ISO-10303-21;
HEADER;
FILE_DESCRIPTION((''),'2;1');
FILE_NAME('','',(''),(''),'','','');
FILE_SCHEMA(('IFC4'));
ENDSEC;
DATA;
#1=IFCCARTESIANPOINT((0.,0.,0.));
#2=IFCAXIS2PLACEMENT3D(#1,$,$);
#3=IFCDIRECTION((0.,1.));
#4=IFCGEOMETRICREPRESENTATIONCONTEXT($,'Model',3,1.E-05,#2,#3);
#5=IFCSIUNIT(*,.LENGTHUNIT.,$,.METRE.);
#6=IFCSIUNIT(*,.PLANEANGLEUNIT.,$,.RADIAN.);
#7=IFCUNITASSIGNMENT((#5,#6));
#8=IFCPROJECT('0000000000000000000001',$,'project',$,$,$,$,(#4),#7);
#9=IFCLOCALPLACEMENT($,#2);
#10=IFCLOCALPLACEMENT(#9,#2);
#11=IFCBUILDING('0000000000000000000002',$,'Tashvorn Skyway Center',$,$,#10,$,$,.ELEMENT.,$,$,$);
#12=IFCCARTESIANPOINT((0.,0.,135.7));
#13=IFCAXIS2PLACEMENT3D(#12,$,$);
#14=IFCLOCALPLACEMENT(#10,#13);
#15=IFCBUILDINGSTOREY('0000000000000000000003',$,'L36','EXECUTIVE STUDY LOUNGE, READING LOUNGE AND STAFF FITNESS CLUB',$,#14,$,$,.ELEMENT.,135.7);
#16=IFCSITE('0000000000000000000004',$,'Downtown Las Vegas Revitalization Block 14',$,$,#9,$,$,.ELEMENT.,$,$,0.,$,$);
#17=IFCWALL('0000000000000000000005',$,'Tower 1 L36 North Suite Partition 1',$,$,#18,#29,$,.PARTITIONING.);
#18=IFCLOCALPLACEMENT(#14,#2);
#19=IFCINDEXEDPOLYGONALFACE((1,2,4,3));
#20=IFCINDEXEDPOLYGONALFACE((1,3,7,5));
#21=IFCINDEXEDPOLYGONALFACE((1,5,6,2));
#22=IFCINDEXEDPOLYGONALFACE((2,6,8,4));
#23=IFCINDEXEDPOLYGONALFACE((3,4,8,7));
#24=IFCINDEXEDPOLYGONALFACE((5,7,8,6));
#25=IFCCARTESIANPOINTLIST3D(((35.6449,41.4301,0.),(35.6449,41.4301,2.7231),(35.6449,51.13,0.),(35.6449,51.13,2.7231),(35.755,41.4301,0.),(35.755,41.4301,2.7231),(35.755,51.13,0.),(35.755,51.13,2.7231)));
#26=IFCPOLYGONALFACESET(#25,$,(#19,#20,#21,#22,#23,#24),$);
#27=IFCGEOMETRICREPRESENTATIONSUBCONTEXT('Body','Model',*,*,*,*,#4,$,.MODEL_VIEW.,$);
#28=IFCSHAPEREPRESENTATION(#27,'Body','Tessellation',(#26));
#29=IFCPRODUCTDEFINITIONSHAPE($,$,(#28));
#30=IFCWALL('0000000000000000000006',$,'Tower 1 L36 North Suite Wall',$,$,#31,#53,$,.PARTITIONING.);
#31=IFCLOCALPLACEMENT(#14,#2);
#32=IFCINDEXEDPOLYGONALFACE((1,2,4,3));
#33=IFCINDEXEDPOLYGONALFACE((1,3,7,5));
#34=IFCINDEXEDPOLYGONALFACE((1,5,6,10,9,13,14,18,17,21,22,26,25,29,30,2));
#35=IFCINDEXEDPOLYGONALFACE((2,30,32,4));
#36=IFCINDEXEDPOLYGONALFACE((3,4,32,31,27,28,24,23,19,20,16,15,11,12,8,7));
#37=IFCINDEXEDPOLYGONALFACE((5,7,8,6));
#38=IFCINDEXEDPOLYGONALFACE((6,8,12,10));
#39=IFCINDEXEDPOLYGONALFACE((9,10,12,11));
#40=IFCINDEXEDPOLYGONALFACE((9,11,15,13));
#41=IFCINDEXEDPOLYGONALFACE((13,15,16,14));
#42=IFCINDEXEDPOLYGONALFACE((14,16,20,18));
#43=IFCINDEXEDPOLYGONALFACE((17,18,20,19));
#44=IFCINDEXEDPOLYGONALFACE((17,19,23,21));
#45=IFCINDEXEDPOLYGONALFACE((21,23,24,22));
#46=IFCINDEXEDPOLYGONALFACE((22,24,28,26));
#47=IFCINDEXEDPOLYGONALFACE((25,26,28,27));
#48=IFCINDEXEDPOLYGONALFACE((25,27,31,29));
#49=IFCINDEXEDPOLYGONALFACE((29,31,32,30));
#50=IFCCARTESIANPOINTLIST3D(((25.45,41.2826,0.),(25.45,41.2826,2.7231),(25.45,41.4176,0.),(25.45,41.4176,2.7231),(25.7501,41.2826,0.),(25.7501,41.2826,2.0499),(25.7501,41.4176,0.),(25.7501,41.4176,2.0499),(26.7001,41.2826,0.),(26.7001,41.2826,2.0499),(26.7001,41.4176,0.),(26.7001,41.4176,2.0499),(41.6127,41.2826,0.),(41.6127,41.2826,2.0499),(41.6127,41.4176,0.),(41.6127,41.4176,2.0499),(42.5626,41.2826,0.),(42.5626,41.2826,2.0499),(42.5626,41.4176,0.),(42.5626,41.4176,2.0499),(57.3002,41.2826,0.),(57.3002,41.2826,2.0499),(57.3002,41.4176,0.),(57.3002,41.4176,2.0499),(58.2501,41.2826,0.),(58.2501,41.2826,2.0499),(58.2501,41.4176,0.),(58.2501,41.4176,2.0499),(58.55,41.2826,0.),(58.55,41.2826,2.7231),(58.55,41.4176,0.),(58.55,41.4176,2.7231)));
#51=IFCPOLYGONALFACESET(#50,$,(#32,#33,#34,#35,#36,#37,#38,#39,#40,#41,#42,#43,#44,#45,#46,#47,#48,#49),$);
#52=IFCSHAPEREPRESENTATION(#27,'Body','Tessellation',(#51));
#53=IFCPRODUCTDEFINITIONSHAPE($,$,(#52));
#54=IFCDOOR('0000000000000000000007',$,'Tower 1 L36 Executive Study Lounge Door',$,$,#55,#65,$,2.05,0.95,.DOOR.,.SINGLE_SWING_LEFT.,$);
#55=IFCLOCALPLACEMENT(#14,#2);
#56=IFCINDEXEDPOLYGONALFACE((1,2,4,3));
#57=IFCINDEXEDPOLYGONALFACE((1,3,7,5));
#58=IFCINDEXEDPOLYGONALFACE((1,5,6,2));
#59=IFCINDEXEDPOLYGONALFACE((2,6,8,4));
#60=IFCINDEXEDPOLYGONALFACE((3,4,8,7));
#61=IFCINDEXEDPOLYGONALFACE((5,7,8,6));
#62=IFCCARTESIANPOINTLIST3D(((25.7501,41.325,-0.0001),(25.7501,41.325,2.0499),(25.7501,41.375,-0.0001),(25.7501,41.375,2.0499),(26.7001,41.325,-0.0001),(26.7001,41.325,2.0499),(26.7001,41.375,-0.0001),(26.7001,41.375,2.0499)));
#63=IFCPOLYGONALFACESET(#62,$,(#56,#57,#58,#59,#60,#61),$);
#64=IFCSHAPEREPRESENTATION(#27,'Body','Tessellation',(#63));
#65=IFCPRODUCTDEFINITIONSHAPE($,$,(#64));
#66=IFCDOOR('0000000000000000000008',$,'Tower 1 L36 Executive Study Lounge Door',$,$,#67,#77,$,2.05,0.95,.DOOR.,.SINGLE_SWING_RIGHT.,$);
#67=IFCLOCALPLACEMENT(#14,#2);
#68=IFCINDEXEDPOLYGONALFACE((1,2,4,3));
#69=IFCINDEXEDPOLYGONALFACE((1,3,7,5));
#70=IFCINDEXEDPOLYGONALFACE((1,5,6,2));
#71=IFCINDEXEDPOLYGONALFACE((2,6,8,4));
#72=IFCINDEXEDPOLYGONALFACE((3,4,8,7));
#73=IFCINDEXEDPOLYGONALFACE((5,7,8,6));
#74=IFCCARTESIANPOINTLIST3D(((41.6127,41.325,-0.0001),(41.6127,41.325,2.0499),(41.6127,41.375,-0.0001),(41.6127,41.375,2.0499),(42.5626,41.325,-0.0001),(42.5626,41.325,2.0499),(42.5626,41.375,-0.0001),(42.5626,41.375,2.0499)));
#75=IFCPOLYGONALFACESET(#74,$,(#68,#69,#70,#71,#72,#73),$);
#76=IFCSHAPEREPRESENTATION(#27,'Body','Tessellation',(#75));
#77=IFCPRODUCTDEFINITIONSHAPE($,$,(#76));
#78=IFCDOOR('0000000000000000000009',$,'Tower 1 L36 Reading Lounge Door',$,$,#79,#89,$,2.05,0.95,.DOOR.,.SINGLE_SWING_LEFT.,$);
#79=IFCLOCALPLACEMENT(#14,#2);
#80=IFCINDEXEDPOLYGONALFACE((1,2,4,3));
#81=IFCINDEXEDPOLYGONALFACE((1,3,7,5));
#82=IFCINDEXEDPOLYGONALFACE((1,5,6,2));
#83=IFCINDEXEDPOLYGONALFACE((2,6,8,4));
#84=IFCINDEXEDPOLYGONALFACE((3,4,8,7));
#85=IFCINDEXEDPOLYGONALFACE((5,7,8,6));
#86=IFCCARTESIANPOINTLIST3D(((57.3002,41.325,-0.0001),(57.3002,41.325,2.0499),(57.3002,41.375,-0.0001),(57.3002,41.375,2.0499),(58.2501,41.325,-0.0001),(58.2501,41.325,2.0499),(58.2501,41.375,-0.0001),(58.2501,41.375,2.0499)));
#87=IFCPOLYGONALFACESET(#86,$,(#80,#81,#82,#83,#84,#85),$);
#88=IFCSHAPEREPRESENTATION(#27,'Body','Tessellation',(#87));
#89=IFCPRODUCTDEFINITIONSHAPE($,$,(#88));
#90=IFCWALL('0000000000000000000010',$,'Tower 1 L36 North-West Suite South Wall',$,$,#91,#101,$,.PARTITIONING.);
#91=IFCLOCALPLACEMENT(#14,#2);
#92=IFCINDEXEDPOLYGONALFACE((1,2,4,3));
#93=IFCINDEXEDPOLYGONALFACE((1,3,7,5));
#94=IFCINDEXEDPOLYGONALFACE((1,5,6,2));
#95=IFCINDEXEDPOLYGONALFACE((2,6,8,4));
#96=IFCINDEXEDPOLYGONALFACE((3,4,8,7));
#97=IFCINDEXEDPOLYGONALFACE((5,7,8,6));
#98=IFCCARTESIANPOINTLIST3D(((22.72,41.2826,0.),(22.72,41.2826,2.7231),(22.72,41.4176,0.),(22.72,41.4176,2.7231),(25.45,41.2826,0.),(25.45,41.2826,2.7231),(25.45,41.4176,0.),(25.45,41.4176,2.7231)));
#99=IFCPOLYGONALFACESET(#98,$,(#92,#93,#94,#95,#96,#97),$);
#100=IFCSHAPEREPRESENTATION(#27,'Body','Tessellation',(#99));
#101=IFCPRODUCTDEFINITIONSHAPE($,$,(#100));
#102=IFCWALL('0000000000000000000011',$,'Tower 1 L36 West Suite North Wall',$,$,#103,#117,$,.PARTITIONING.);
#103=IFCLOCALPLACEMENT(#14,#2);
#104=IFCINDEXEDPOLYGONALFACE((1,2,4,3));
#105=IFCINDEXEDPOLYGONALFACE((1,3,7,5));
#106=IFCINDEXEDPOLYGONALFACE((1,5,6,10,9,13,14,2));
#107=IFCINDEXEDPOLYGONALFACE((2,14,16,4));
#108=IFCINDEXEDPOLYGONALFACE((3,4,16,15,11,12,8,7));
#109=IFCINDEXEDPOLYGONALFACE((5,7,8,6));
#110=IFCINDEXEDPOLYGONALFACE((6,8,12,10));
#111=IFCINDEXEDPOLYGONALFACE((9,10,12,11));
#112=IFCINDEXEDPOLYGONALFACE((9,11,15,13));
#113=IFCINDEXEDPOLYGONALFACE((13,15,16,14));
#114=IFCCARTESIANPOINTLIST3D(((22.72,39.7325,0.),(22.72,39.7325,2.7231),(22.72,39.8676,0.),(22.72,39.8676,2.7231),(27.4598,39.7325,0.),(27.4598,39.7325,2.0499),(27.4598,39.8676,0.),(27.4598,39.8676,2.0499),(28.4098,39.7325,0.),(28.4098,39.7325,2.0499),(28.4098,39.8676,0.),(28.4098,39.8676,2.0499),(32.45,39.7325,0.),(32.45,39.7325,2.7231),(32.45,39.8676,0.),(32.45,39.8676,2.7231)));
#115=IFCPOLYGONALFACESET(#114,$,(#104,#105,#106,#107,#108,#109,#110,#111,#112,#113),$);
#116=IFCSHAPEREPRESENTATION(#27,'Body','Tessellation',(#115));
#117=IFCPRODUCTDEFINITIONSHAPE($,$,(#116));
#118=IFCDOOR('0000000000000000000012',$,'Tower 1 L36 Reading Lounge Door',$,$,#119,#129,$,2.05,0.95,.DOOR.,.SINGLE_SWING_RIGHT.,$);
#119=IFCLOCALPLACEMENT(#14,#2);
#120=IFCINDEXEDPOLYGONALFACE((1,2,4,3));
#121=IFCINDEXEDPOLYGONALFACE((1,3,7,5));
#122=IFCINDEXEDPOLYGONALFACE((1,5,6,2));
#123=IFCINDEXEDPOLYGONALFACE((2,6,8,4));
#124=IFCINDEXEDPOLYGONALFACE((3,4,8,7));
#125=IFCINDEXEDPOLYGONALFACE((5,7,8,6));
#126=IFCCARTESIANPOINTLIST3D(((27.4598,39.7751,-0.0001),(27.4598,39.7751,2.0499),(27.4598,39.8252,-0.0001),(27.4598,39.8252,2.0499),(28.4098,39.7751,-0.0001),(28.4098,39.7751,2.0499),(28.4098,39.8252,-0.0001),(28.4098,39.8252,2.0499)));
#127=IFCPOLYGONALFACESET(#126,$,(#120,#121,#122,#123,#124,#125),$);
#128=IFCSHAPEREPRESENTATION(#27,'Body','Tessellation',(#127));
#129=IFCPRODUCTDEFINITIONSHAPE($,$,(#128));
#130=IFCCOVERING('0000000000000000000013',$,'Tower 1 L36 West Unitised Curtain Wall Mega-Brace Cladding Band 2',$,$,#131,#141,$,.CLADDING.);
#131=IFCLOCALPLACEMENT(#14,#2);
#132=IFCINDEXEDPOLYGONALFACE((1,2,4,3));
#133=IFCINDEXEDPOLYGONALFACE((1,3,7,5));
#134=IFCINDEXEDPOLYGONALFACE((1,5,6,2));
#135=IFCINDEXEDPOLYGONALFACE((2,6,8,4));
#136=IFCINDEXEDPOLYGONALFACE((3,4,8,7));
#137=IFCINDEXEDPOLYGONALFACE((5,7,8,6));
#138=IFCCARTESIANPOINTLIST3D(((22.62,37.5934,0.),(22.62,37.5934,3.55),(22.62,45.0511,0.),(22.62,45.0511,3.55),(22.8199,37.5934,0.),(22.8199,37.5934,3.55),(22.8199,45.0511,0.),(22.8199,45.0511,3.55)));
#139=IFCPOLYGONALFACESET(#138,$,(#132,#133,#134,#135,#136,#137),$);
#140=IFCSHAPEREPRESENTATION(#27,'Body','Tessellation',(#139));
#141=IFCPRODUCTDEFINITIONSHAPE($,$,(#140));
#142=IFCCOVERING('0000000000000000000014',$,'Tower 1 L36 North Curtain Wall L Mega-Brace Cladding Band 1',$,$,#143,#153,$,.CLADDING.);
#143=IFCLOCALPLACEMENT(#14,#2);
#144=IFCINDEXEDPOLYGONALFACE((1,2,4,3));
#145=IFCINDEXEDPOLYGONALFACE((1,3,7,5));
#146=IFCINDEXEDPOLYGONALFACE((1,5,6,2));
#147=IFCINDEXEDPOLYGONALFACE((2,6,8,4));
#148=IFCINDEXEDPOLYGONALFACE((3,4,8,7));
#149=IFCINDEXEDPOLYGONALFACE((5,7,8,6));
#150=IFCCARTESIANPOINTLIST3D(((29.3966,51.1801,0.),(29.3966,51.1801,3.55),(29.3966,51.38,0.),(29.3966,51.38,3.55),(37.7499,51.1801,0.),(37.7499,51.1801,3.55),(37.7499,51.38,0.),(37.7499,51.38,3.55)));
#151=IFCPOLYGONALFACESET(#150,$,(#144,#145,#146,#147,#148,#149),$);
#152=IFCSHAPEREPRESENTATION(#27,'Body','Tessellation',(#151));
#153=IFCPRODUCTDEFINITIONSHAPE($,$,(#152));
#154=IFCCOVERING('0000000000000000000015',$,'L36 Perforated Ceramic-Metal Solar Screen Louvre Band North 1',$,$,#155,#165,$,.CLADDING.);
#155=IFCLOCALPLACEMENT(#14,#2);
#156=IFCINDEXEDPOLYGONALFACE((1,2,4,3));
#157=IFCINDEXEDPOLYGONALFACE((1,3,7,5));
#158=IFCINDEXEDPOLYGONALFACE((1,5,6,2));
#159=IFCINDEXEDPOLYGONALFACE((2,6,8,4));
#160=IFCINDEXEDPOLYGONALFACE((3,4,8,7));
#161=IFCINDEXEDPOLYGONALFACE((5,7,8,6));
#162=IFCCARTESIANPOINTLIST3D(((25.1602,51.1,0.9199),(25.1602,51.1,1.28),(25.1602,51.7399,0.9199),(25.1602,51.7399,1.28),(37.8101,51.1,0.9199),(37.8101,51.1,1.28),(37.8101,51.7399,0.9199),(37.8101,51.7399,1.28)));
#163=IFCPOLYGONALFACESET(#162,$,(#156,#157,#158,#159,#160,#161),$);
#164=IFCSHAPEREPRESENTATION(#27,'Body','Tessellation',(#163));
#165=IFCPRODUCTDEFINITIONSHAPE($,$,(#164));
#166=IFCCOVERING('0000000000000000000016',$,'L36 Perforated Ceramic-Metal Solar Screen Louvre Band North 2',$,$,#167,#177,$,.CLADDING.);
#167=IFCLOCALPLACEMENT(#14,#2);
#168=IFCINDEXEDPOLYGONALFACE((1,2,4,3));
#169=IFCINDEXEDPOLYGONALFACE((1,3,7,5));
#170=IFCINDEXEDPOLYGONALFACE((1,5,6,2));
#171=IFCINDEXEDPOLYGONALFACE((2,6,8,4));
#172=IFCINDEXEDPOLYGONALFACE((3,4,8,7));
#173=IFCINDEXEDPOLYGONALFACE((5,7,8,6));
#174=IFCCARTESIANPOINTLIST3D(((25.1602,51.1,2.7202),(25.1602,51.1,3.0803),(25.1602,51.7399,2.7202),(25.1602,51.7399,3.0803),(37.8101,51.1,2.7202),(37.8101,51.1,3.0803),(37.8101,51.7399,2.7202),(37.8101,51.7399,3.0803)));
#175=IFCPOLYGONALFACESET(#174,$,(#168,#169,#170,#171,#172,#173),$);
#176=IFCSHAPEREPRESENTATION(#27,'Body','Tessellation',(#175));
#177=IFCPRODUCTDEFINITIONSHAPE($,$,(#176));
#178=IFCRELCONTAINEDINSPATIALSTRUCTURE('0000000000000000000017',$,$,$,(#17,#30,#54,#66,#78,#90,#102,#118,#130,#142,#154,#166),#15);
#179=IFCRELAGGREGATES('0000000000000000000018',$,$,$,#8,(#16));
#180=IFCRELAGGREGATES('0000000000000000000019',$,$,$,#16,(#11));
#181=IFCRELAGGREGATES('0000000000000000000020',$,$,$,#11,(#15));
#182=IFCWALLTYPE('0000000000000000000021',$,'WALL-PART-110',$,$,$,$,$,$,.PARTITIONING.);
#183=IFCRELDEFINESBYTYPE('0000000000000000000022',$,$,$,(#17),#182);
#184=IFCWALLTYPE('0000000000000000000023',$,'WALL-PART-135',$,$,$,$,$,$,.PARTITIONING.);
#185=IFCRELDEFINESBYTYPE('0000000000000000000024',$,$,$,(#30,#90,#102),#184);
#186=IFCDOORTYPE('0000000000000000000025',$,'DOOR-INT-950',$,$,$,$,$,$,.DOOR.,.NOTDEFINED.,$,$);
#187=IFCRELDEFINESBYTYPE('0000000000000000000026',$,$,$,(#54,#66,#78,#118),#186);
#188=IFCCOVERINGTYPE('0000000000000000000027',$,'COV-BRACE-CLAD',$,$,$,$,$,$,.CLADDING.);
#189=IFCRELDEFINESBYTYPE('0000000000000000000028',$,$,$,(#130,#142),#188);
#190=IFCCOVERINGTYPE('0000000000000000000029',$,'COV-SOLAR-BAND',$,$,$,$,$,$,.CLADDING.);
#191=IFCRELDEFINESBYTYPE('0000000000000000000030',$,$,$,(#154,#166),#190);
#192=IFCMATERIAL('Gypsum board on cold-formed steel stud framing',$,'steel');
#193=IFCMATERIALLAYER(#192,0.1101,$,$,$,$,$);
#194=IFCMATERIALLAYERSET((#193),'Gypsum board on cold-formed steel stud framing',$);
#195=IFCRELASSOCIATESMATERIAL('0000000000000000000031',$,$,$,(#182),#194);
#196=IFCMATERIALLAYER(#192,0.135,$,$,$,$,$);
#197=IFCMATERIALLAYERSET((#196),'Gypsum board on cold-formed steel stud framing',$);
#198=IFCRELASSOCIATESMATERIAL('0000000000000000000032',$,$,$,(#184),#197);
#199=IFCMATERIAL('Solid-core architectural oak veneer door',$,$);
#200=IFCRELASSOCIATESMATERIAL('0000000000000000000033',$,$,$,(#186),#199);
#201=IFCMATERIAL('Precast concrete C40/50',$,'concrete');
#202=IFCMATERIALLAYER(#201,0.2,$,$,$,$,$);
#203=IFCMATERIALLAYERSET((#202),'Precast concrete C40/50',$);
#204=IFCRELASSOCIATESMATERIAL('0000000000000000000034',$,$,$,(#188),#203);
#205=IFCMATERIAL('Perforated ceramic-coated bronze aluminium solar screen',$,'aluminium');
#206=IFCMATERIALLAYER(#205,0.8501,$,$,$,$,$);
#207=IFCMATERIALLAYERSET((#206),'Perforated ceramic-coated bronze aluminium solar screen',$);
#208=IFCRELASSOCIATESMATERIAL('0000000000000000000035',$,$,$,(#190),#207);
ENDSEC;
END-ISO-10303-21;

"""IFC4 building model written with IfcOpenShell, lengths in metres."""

from ifc_helpers import new_model, si_unit, direction, frame, frame_2d, origin, origin_2d, place, context, subcontext, project, spatial, rectangle, extrude, material, layer, layer_set, type_object, element, fill, save


model = new_model("IFC4")

# Units and contexts
model_context = context("Model", 3, precision=1e-05, world=origin(), true_north=direction((0.0, 1.0)))
body_context = subcontext(model_context, "Body", "Model", "MODEL_VIEW")
ifc_project = project(units=[si_unit("LENGTHUNIT", "METRE"), si_unit("PLANEANGLEUNIT", "RADIAN")], contexts=[model_context])

# Site, building, storey
site_placement = place(None, origin())
site = spatial("IfcSite", under=ifc_project, at=site_placement, Name="Downtown Las Vegas Revitalization Block 14", CompositionType="ELEMENT", RefElevation=0.0)
building_placement = place(site_placement, origin())
building = spatial("IfcBuilding", under=site, at=building_placement, Name="Tashvorn Skyway Center", CompositionType="ELEMENT")
storey_placement = place(building_placement, frame((0.0, 0.0, 135.7)))
storey = spatial("IfcBuildingStorey", under=building, at=storey_placement, Name="L36", Description="EXECUTIVE STUDY LOUNGE, READING LOUNGE AND STAFF FITNESS CLUB", CompositionType="ELEMENT", Elevation=135.7)

# Wall
ifc_material_1 = material(Name="Precast concrete C40/50", Category="concrete")
ifc_material_2 = material(Name="Gypsum board on cold-formed steel stud framing", Category="steel")
ifc_layer_1 = layer(ifc_material_2, 0.1101)
ifc_layer_set_1 = layer_set([ifc_layer_1], Name="Gypsum board on cold-formed steel stud framing")
wall_type_1 = type_object("IfcWallType", Name="WALL-PART-110", PredefinedType="PARTITIONING", material=ifc_layer_set_1)
wall_1_placement = place(storey_placement, frame((35.7, 41.4299, 0.0), z_axis=(0.0, 0.0, 1.0), x_axis=(0.0, 1.0, 0.0)))
element("IfcWall", 1, at=wall_1_placement, inside=storey, type_object=wall_type_1, Name="Tower 1 L36 North Suite Partition 1", PredefinedType="PARTITIONING", context=body_context, shape_type="SweptSolid", body=[
    extrude(rectangle(XDim=9.7, YDim=0.1101, at=frame_2d((4.8501, 0.0))), origin(), (0.0, 0.0, 1.0), 2.7231),
])

# Wall, openings, doors
ifc_layer_2 = layer(ifc_material_2, 0.135)
ifc_layer_set_2 = layer_set([ifc_layer_2], Name="Gypsum board on cold-formed steel stud framing")
wall_type_2 = type_object("IfcWallType", Name="WALL-PART-135", PredefinedType="PARTITIONING", material=ifc_layer_set_2)
wall_2_placement = place(storey_placement, frame((25.45, 41.3501, 0.0), z_axis=(0.0, 0.0, 1.0), x_axis=(1.0, 0.0, 0.0)))
wall_2 = element("IfcWall", 2, at=wall_2_placement, inside=storey, type_object=wall_type_2, Name="Tower 1 L36 North Suite Wall", PredefinedType="PARTITIONING", context=body_context, shape_type="SweptSolid", body=[
    extrude(rectangle(XDim=33.1001, YDim=0.135, at=frame_2d((16.55, 0.0))), origin(), (0.0, 0.0, 1.0), 2.7231),
])
opening_1_placement = place(wall_2_placement, frame((0.3, 0.0, 0.0)))
opening_1 = element("IfcOpeningElement", 3, at=opening_1_placement, cuts=wall_2, PredefinedType="OPENING", context=body_context, shape_type="SweptSolid", body=[
    extrude(rectangle(XDim=0.95, YDim=2.05, at=frame_2d((0.4751, 1.0249))), frame((0.0, 0.0774, 0.0), z_axis=(0.0, -1.0, 0.0), x_axis=(1.0, 0.0, 0.0)), (0.0, 0.0, 1.0), 0.155),
])
opening_2_placement = place(wall_2_placement, frame((16.1626, 0.0, 0.0)))
opening_2 = element("IfcOpeningElement", 4, at=opening_2_placement, cuts=wall_2, PredefinedType="OPENING", context=body_context, shape_type="SweptSolid", body=[
    extrude(rectangle(XDim=0.95, YDim=2.05, at=frame_2d((0.4751, 1.0249))), frame((0.0, 0.0774, 0.0), z_axis=(0.0, -1.0, 0.0), x_axis=(1.0, 0.0, 0.0)), (0.0, 0.0, 1.0), 0.155),
])
opening_3_placement = place(wall_2_placement, frame((31.8501, 0.0, 0.0)))
opening_3 = element("IfcOpeningElement", 5, at=opening_3_placement, cuts=wall_2, PredefinedType="OPENING", context=body_context, shape_type="SweptSolid", body=[
    extrude(rectangle(XDim=0.95, YDim=2.05, at=frame_2d((0.4751, 1.0249))), frame((0.0, 0.0774, 0.0), z_axis=(0.0, -1.0, 0.0), x_axis=(1.0, 0.0, 0.0)), (0.0, 0.0, 1.0), 0.155),
])
ifc_material_3 = material(Name="Solid-core architectural oak veneer door")
door_type = type_object("IfcDoorType", Name="DOOR-INT-950", OperationType="NOTDEFINED", PredefinedType="DOOR", material=ifc_material_3)
door_1_placement = place(opening_1_placement, origin())
door_1 = element("IfcDoor", 6, at=door_1_placement, inside=storey, type_object=door_type, Name="Tower 1 L36 Executive Study Lounge Door", OperationType="SINGLE_SWING_LEFT", OverallHeight=2.05, OverallWidth=0.95, PredefinedType="DOOR", context=body_context, shape_type="SweptSolid", body=[
    extrude(rectangle(XDim=0.95, YDim=2.05, at=frame_2d((0.4751, 1.0249))), frame((0.0, 0.0249, 0.0), z_axis=(0.0, -1.0, 0.0), x_axis=(1.0, 0.0, 0.0)), (0.0, 0.0, 1.0), 0.05),
])
fill(opening_1, door_1)
door_2_placement = place(opening_2_placement, origin())
door_2 = element("IfcDoor", 7, at=door_2_placement, inside=storey, type_object=door_type, Name="Tower 1 L36 Executive Study Lounge Door", OperationType="SINGLE_SWING_RIGHT", OverallHeight=2.05, OverallWidth=0.95, PredefinedType="DOOR", context=body_context, shape_type="SweptSolid", body=[
    extrude(rectangle(XDim=0.95, YDim=2.05, at=frame_2d((0.4751, 1.0249))), frame((0.0, 0.0249, 0.0), z_axis=(0.0, -1.0, 0.0), x_axis=(1.0, 0.0, 0.0)), (0.0, 0.0, 1.0), 0.05),
])
fill(opening_2, door_2)
door_3_placement = place(opening_3_placement, origin())
door_3 = element("IfcDoor", 8, at=door_3_placement, inside=storey, type_object=door_type, Name="Tower 1 L36 Reading Lounge Door", OperationType="SINGLE_SWING_LEFT", OverallHeight=2.05, OverallWidth=0.95, PredefinedType="DOOR", context=body_context, shape_type="SweptSolid", body=[
    extrude(rectangle(XDim=0.95, YDim=2.05, at=frame_2d((0.4751, 1.0249))), frame((0.0, 0.0249, 0.0), z_axis=(0.0, -1.0, 0.0), x_axis=(1.0, 0.0, 0.0)), (0.0, 0.0, 1.0), 0.05),
])
fill(opening_3, door_3)

# Wall
wall_3_placement = place(storey_placement, frame((22.72, 41.3501, 0.0), z_axis=(0.0, 0.0, 1.0), x_axis=(1.0, 0.0, 0.0)))
element("IfcWall", 9, at=wall_3_placement, inside=storey, type_object=wall_type_2, Name="Tower 1 L36 North-West Suite South Wall", PredefinedType="PARTITIONING", context=body_context, shape_type="SweptSolid", body=[
    extrude(rectangle(XDim=2.73, YDim=0.135, at=frame_2d((1.365, 0.0))), origin(), (0.0, 0.0, 1.0), 2.7231),
])

# Wall, opening, door
wall_4_placement = place(storey_placement, frame((32.45, 39.8, 0.0), z_axis=(0.0, 0.0, 1.0), x_axis=(-1.0, 0.0, 0.0)))
wall_4 = element("IfcWall", 10, at=wall_4_placement, inside=storey, type_object=wall_type_2, Name="Tower 1 L36 West Suite North Wall", PredefinedType="PARTITIONING", context=body_context, shape_type="SweptSolid", body=[
    extrude(rectangle(XDim=9.73, YDim=0.135, at=frame_2d((4.865, 0.0))), origin(), (0.0, 0.0, 1.0), 2.7231),
])
opening_4_placement = place(wall_4_placement, frame((4.04, 0.0, 0.0)))
opening_4 = element("IfcOpeningElement", 11, at=opening_4_placement, cuts=wall_4, PredefinedType="OPENING", context=body_context, shape_type="SweptSolid", body=[
    extrude(rectangle(XDim=0.95, YDim=2.05, at=frame_2d((0.4751, 1.0249))), frame((0.0, 0.0774, 0.0), z_axis=(0.0, -1.0, 0.0), x_axis=(1.0, 0.0, 0.0)), (0.0, 0.0, 1.0), 0.155),
])
door_4_placement = place(opening_4_placement, origin())
door_4 = element("IfcDoor", 12, at=door_4_placement, inside=storey, type_object=door_type, Name="Tower 1 L36 Reading Lounge Door", OperationType="SINGLE_SWING_RIGHT", OverallHeight=2.05, OverallWidth=0.95, PredefinedType="DOOR", context=body_context, shape_type="SweptSolid", body=[
    extrude(rectangle(XDim=0.95, YDim=2.05, at=frame_2d((0.4751, 1.0249))), frame((0.0, 0.0249, 0.0), z_axis=(0.0, -1.0, 0.0), x_axis=(1.0, 0.0, 0.0)), (0.0, 0.0, 1.0), 0.05),
])
fill(opening_4, door_4)

# Coverings
ifc_layer_3 = layer(ifc_material_1, 0.2)
ifc_layer_set_3 = layer_set([ifc_layer_3], Name="Precast concrete C40/50")
covering_type_1 = type_object("IfcCoveringType", Name="COV-BRACE-CLAD", PredefinedType="CLADDING", material=ifc_layer_set_3)
covering_1_placement = place(storey_placement, frame((22.72, 41.3223, 0.0), z_axis=(0.0, 0.0, 1.0), x_axis=(0.0, 1.0, 0.0)))
element("IfcCovering", 13, at=covering_1_placement, inside=storey, type_object=covering_type_1, Name="Tower 1 L36 West Unitised Curtain Wall Mega-Brace Cladding Band 2", PredefinedType="CLADDING", context=body_context, shape_type="SweptSolid", body=[
    extrude(rectangle(XDim=7.4578, YDim=0.2, at=origin_2d()), origin(), (0.0, 0.0, 1.0), 3.55),
])
covering_2_placement = place(storey_placement, frame((33.5732, 51.28, 0.0), z_axis=(0.0, 0.0, 1.0), x_axis=(1.0, 0.0, 0.0)))
element("IfcCovering", 14, at=covering_2_placement, inside=storey, type_object=covering_type_1, Name="Tower 1 L36 North Curtain Wall L Mega-Brace Cladding Band 1", PredefinedType="CLADDING", context=body_context, shape_type="SweptSolid", body=[
    extrude(rectangle(XDim=8.3533, YDim=0.2, at=origin_2d()), origin(), (0.0, 0.0, 1.0), 3.55),
])
ifc_material_4 = material(Name="Perforated ceramic-coated bronze aluminium solar screen", Category="aluminium")
ifc_layer_4 = layer(ifc_material_4, 0.8501)
ifc_layer_set_4 = layer_set([ifc_layer_4], Name="Perforated ceramic-coated bronze aluminium solar screen")
covering_type_2 = type_object("IfcCoveringType", Name="COV-SOLAR-BAND", PredefinedType="CLADDING", material=ifc_layer_set_4)
for number, where, z_axis, x_axis, name in (
    (15, (31.4851, 51.4199, 0.9199), (0.0, 0.0, 1.0), (1.0, 0.0, 0.0), "L36 Perforated Ceramic-Metal Solar Screen Louvre Band North 1"),
    (16, (31.4851, 51.4199, 2.7202), (0.0, 0.0, 1.0), (1.0, 0.0, 0.0), "L36 Perforated Ceramic-Metal Solar Screen Louvre Band North 2"),
):
    element("IfcCovering", number, at=place(storey_placement, frame(where, z_axis=z_axis, x_axis=x_axis)), inside=storey, type_object=covering_type_2, Name=name, PredefinedType="CLADDING", context=body_context, shape_type="SweptSolid", body=[
        extrude(rectangle(XDim=12.6499, YDim=0.6399, at=origin_2d()), origin(), (0.0, 0.0, 1.0), 0.3601),
    ])

save(model, "model.ifc")
